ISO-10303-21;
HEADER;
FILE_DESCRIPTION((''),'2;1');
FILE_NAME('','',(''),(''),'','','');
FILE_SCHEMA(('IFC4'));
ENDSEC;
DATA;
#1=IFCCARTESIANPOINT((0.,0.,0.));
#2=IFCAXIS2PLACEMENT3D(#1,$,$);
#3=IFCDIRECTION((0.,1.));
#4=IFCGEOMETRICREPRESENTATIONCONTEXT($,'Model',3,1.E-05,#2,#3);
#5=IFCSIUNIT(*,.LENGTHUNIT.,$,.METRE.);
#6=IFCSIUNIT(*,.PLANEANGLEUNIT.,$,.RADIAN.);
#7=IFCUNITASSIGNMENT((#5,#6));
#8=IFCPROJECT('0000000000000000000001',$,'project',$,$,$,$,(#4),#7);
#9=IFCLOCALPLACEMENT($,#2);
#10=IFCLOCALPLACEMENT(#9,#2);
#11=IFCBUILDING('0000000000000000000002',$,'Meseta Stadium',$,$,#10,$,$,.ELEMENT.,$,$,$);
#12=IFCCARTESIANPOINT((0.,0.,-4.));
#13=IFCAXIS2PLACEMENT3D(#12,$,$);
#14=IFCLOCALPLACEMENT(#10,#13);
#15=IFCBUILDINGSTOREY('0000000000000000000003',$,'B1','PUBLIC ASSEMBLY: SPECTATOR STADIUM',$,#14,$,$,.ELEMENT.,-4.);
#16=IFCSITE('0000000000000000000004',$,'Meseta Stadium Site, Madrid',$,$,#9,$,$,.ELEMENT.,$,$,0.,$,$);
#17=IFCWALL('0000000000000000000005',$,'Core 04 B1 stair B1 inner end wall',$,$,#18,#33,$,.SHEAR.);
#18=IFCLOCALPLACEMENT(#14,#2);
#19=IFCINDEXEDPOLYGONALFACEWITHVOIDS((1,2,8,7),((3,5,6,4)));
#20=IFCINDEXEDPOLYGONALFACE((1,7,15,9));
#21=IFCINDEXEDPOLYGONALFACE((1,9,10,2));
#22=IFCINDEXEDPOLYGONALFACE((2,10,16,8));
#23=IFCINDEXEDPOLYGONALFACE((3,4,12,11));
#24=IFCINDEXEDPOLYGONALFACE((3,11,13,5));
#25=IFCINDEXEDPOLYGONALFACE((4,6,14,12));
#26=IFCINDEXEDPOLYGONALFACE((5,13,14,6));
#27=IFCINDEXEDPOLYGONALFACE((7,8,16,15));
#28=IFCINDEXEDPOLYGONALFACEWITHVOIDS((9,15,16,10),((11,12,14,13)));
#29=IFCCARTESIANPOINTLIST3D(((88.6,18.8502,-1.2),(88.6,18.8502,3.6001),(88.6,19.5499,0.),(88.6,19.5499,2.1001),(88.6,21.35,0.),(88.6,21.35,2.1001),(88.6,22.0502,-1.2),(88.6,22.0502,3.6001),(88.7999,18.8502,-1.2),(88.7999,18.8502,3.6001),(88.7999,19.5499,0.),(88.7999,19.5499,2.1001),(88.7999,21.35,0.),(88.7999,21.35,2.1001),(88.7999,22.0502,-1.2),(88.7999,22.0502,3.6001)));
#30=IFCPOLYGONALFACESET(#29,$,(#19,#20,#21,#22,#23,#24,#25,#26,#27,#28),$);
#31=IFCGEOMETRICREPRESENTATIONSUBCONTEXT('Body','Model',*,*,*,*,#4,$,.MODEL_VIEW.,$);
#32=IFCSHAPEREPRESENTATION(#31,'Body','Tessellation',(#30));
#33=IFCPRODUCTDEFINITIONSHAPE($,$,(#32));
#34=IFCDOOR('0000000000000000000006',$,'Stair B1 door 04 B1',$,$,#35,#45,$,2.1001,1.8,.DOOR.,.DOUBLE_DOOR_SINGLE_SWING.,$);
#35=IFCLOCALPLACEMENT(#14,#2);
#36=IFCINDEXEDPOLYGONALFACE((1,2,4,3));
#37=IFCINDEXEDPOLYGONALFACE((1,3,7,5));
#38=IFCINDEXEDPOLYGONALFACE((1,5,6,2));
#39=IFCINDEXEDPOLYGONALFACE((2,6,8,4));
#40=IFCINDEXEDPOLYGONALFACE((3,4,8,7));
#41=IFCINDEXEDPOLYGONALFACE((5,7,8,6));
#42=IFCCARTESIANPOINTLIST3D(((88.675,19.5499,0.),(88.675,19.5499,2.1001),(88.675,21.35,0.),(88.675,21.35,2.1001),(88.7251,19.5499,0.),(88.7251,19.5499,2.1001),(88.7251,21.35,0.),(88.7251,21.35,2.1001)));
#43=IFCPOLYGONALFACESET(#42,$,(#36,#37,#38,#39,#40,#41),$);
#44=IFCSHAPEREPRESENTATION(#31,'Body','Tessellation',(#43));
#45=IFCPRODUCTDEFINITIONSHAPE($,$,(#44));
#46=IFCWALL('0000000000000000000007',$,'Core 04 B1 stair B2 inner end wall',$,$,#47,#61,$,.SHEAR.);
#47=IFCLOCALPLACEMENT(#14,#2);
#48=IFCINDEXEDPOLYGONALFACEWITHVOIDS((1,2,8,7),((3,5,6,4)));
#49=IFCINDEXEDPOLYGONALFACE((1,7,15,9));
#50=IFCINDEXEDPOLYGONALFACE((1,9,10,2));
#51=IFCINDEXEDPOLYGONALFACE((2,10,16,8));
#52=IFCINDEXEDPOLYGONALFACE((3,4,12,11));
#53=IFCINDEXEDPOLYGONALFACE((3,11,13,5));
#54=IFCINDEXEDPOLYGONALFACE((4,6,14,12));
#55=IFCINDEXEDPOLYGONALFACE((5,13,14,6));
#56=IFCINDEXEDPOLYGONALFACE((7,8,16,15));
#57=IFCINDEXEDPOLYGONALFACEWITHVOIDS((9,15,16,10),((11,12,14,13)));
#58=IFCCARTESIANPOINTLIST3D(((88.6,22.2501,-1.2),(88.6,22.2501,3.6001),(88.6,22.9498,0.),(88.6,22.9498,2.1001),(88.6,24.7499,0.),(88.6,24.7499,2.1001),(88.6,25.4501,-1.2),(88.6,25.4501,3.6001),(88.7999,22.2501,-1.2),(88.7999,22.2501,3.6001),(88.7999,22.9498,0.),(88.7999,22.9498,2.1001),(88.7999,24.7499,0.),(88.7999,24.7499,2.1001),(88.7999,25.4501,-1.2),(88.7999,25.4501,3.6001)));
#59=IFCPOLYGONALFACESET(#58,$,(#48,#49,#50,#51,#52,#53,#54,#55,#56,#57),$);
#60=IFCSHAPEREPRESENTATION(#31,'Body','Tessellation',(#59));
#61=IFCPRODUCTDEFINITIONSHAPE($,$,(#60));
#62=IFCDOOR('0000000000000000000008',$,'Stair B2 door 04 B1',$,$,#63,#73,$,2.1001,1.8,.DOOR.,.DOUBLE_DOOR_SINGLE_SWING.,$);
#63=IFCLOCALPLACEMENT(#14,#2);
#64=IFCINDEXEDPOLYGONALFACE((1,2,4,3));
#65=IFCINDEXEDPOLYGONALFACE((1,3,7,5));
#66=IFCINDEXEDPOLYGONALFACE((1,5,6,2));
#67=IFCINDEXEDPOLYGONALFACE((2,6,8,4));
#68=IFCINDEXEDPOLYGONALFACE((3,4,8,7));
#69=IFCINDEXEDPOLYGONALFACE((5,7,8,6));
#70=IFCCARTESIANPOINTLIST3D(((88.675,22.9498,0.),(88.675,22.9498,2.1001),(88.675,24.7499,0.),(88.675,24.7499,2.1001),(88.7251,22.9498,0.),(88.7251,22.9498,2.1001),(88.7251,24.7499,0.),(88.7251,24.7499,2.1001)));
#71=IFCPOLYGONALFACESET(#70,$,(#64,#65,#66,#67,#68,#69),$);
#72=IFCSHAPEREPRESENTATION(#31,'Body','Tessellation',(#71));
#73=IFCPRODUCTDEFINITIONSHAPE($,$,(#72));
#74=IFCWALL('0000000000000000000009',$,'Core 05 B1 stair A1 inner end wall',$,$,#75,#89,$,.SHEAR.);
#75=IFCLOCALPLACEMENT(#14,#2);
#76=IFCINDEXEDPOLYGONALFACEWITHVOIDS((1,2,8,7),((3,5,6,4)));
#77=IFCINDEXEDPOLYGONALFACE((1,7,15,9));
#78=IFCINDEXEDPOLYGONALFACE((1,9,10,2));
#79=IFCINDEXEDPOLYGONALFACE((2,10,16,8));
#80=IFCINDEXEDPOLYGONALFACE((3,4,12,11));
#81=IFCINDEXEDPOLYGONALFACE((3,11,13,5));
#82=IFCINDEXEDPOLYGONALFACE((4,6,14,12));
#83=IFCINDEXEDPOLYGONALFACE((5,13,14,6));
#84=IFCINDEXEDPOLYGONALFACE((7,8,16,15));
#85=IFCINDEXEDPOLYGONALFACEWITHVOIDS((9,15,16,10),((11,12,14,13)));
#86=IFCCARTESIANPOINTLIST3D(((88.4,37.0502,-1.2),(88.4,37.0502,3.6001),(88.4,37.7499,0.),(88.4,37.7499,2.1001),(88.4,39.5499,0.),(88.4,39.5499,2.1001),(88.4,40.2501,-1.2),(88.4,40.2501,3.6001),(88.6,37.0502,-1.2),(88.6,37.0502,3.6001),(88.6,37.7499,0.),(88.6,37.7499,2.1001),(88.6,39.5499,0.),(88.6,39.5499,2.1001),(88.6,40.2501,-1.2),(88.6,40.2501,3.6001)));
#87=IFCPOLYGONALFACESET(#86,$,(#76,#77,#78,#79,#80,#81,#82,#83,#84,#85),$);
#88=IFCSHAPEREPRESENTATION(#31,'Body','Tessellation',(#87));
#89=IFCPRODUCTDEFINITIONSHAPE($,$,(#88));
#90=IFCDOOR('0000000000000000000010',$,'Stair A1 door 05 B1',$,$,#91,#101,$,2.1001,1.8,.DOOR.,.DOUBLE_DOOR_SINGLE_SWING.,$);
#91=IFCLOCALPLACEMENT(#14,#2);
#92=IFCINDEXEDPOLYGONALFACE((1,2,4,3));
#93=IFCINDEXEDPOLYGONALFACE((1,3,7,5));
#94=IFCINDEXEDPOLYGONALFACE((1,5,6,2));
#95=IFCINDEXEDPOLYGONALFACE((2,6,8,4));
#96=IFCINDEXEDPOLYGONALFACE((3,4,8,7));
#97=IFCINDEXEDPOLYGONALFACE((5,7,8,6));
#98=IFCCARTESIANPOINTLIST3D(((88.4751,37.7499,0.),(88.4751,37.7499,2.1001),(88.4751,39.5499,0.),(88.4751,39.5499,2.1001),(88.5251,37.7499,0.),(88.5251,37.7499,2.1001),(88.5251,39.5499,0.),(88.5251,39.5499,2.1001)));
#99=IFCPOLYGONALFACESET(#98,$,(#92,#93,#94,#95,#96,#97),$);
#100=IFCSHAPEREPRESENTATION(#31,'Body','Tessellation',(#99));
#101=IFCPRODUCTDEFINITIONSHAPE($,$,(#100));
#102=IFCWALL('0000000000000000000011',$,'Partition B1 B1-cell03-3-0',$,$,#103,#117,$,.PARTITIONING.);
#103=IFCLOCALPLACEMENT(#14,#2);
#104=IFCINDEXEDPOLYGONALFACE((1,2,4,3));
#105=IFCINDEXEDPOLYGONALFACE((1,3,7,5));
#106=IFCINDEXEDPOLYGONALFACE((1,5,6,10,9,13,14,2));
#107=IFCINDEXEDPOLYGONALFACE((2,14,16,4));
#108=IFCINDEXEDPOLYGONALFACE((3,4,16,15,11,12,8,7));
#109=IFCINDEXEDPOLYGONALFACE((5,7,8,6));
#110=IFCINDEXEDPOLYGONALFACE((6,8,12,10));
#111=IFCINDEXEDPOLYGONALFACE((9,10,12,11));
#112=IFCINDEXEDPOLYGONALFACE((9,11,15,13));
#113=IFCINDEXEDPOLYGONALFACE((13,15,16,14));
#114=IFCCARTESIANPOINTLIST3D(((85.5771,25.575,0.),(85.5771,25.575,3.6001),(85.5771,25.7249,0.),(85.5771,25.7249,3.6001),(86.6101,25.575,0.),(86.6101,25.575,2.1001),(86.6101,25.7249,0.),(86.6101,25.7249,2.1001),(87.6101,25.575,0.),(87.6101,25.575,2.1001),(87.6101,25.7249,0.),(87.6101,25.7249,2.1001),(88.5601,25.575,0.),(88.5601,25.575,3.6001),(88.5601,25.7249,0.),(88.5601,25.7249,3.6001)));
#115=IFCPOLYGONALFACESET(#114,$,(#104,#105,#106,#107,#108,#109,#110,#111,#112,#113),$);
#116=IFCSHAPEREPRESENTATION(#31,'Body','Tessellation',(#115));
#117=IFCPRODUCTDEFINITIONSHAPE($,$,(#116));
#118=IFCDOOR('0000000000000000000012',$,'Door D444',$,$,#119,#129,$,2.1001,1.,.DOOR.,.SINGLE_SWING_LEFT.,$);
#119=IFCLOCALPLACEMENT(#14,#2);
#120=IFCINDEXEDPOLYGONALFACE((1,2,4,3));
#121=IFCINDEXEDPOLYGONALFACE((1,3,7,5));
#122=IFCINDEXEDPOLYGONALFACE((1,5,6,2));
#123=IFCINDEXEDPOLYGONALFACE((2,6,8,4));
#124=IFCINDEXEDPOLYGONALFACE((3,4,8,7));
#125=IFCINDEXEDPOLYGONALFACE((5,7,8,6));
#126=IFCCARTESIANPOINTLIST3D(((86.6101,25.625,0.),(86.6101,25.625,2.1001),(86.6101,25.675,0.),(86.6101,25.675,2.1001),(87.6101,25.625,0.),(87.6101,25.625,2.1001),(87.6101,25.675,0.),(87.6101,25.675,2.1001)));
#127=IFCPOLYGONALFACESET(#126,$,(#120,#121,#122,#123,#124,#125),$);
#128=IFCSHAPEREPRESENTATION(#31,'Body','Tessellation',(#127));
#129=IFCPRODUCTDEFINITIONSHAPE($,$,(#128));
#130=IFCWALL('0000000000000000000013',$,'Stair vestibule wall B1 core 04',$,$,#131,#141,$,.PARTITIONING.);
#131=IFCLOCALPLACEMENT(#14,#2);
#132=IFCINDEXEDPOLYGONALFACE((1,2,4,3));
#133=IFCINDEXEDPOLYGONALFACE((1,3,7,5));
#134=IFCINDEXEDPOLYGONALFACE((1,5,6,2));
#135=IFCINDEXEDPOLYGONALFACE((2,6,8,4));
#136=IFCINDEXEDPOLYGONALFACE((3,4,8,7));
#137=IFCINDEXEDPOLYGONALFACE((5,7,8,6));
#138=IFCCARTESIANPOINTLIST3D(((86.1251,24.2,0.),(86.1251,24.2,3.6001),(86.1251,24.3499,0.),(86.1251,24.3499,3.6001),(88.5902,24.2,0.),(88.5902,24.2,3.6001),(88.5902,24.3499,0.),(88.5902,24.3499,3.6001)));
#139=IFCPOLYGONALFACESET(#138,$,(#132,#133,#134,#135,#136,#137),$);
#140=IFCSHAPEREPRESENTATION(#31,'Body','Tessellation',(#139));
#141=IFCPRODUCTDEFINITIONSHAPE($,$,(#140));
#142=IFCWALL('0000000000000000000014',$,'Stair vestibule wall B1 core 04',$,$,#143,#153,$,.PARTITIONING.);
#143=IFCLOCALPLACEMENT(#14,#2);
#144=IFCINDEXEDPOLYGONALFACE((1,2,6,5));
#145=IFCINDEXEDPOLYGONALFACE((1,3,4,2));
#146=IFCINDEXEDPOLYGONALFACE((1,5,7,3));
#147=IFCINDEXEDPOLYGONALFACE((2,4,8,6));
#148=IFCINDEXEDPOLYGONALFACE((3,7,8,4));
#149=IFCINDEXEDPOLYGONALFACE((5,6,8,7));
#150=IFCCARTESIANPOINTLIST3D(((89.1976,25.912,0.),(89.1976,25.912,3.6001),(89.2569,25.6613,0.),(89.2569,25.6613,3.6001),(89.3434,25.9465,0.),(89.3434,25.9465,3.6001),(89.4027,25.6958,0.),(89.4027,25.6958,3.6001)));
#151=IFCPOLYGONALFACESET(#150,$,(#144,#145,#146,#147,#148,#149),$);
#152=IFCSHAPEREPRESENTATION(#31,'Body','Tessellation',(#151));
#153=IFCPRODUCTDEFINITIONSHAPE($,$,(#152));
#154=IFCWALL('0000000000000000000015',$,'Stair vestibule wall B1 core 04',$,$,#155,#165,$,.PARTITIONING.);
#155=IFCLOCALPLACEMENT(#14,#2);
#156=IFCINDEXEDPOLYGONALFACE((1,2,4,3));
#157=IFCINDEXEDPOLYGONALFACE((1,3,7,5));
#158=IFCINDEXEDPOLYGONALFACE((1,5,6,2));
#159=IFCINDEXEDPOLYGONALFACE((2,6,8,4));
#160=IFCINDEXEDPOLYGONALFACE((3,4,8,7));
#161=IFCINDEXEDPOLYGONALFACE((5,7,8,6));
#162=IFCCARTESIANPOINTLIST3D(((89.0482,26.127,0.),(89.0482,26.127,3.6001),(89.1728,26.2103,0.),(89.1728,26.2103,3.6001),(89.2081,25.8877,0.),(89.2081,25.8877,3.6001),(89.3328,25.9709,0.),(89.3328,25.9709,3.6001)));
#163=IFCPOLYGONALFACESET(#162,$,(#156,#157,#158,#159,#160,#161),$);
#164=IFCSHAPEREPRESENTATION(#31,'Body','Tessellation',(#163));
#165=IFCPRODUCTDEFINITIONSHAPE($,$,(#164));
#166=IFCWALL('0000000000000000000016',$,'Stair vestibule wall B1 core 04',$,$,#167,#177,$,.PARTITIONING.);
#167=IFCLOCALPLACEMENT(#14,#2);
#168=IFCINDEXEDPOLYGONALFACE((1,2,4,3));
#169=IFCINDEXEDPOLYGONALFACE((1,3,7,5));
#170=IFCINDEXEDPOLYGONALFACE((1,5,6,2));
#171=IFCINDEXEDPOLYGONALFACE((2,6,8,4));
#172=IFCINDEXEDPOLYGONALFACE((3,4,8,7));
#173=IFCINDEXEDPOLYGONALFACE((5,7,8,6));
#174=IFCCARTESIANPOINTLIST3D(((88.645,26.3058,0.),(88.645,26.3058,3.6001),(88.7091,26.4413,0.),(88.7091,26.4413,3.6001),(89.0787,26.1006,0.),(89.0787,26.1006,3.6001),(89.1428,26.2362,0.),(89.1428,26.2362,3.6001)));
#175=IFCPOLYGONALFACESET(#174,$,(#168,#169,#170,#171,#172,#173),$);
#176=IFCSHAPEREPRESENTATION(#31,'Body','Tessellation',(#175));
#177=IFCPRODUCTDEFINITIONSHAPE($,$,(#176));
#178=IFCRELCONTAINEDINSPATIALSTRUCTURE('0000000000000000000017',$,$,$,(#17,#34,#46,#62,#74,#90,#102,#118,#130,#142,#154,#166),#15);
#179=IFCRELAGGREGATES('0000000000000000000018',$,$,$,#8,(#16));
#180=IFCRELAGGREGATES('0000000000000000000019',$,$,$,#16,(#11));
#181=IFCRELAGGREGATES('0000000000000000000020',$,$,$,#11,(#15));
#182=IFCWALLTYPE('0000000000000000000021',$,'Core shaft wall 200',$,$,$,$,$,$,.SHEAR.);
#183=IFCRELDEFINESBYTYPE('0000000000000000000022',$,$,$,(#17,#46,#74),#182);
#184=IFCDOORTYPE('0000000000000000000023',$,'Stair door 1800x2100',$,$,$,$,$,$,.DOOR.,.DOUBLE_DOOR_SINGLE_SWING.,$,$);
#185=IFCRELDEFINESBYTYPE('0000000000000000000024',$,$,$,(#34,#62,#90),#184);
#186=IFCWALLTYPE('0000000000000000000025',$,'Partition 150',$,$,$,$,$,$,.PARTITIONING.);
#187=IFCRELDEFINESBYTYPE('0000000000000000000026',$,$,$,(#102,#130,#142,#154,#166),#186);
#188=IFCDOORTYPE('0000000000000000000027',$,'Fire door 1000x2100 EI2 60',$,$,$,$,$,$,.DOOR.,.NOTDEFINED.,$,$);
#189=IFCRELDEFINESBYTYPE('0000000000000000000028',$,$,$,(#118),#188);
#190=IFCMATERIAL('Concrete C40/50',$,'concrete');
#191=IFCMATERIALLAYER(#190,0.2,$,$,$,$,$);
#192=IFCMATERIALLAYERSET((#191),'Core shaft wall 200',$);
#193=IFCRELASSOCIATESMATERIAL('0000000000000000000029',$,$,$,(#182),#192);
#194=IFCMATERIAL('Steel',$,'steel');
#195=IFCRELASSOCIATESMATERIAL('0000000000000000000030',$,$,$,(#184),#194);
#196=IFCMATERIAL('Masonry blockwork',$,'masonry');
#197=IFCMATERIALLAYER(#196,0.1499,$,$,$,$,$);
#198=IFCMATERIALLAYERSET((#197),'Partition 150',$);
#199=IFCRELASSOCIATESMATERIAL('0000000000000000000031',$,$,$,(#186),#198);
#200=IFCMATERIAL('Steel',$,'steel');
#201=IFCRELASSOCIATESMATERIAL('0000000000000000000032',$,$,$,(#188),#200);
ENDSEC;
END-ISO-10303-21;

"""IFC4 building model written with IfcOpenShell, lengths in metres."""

from ifc_helpers import new_model, si_unit, direction, frame, frame_2d, origin, place, context, subcontext, project, spatial, rectangle, extrude, material, layer, layer_set, type_object, element, fill, save


model = new_model("IFC4")

# Units and contexts
model_context = context("Model", 3, precision=1e-05, world=origin(), true_north=direction((0.0, 1.0)))
body_context = subcontext(model_context, "Body", "Model", "MODEL_VIEW")
ifc_project = project(units=[si_unit("LENGTHUNIT", "METRE"), si_unit("PLANEANGLEUNIT", "RADIAN")], contexts=[model_context])

# Site, building, storey
site_placement = place(None, origin())
site = spatial("IfcSite", under=ifc_project, at=site_placement, Name="Meseta Stadium Site, Madrid", CompositionType="ELEMENT", RefElevation=0.0)
building_placement = place(site_placement, origin())
building = spatial("IfcBuilding", under=site, at=building_placement, Name="Meseta Stadium", CompositionType="ELEMENT")
storey_placement = place(building_placement, frame((0.0, 0.0, -4.0)))
storey = spatial("IfcBuildingStorey", under=building, at=storey_placement, Name="B1", Description="PUBLIC ASSEMBLY: SPECTATOR STADIUM", CompositionType="ELEMENT", Elevation=-4.0)

# Walls, openings, doors
ifc_material_1 = material(Name="Concrete C40/50", Category="concrete")
ifc_layer_1 = layer(ifc_material_1, 0.2)
ifc_layer_set_1 = layer_set([ifc_layer_1], Name="Core shaft wall 200")
wall_type_1 = type_object("IfcWallType", Name="Core shaft wall 200", PredefinedType="SHEAR", material=ifc_layer_set_1)
wall_1_placement = place(storey_placement, frame((88.7, 18.8501, -1.2), z_axis=(0.0, 0.0, 1.0), x_axis=(0.0, 1.0, 0.0)))
wall_1 = element("IfcWall", 1, at=wall_1_placement, inside=storey, type_object=wall_type_1, Name="Core 04 B1 stair B1 inner end wall", PredefinedType="SHEAR", context=body_context, shape_type="SweptSolid", body=[
    extrude(rectangle(XDim=3.2, YDim=0.2, at=frame_2d((1.6001, 0.0))), origin(), (0.0, 0.0, 1.0), 4.8),
])
opening_1_placement = place(wall_1_placement, frame((0.7, 0.0, 1.2)))
opening_1 = element("IfcOpeningElement", 2, at=opening_1_placement, cuts=wall_1, PredefinedType="OPENING", context=body_context, shape_type="SweptSolid", body=[
    extrude(rectangle(XDim=1.8, YDim=2.1001, at=frame_2d((0.8999, 1.05))), frame((0.0, 0.1099, 0.0), z_axis=(0.0, -1.0, 0.0), x_axis=(1.0, 0.0, 0.0)), (0.0, 0.0, 1.0), 0.22),
])
ifc_material_2 = material(Name="Steel", Category="steel")
door_type_1 = type_object("IfcDoorType", Name="Stair door 1800x2100", OperationType="DOUBLE_DOOR_SINGLE_SWING", PredefinedType="DOOR", material=ifc_material_2)
door_1_placement = place(opening_1_placement, origin())
door_1 = element("IfcDoor", 3, at=door_1_placement, inside=storey, type_object=door_type_1, Name="Stair B1 door 04 B1", OperationType="DOUBLE_DOOR_SINGLE_SWING", OverallHeight=2.1001, OverallWidth=1.8, PredefinedType="DOOR", context=body_context, shape_type="SweptSolid", body=[
    extrude(rectangle(XDim=1.8, YDim=2.1001, at=frame_2d((0.8999, 1.05))), frame((0.0, 0.0249, 0.0), z_axis=(0.0, -1.0, 0.0), x_axis=(1.0, 0.0, 0.0)), (0.0, 0.0, 1.0), 0.05),
])
fill(opening_1, door_1)
wall_2_placement = place(storey_placement, frame((88.7, 22.25, -1.2), z_axis=(0.0, 0.0, 1.0), x_axis=(0.0, 1.0, 0.0)))
wall_2 = element("IfcWall", 4, at=wall_2_placement, inside=storey, type_object=wall_type_1, Name="Core 04 B1 stair B2 inner end wall", PredefinedType="SHEAR", context=body_context, shape_type="SweptSolid", body=[
    extrude(rectangle(XDim=3.2, YDim=0.2, at=frame_2d((1.6001, 0.0))), origin(), (0.0, 0.0, 1.0), 4.8),
])
opening_2_placement = place(wall_2_placement, frame((0.7, 0.0, 1.2)))
opening_2 = element("IfcOpeningElement", 5, at=opening_2_placement, cuts=wall_2, PredefinedType="OPENING", context=body_context, shape_type="SweptSolid", body=[
    extrude(rectangle(XDim=1.8, YDim=2.1001, at=frame_2d((0.8999, 1.05))), frame((0.0, 0.1099, 0.0), z_axis=(0.0, -1.0, 0.0), x_axis=(1.0, 0.0, 0.0)), (0.0, 0.0, 1.0), 0.22),
])
door_2_placement = place(opening_2_placement, origin())
door_2 = element("IfcDoor", 6, at=door_2_placement, inside=storey, type_object=door_type_1, Name="Stair B2 door 04 B1", OperationType="DOUBLE_DOOR_SINGLE_SWING", OverallHeight=2.1001, OverallWidth=1.8, PredefinedType="DOOR", context=body_context, shape_type="SweptSolid", body=[
    extrude(rectangle(XDim=1.8, YDim=2.1001, at=frame_2d((0.8999, 1.05))), frame((0.0, 0.0249, 0.0), z_axis=(0.0, -1.0, 0.0), x_axis=(1.0, 0.0, 0.0)), (0.0, 0.0, 1.0), 0.05),
])
fill(opening_2, door_2)
wall_3_placement = place(storey_placement, frame((88.5, 37.05, -1.2), z_axis=(0.0, 0.0, 1.0), x_axis=(0.0, 1.0, 0.0)))
wall_3 = element("IfcWall", 7, at=wall_3_placement, inside=storey, type_object=wall_type_1, Name="Core 05 B1 stair A1 inner end wall", PredefinedType="SHEAR", context=body_context, shape_type="SweptSolid", body=[
    extrude(rectangle(XDim=3.2, YDim=0.2, at=frame_2d((1.6001, 0.0))), origin(), (0.0, 0.0, 1.0), 4.8),
])
opening_3_placement = place(wall_3_placement, frame((0.7, 0.0, 1.2)))
opening_3 = element("IfcOpeningElement", 8, at=opening_3_placement, cuts=wall_3, PredefinedType="OPENING", context=body_context, shape_type="SweptSolid", body=[
    extrude(rectangle(XDim=1.8, YDim=2.1001, at=frame_2d((0.8999, 1.05))), frame((0.0, 0.1099, 0.0), z_axis=(0.0, -1.0, 0.0), x_axis=(1.0, 0.0, 0.0)), (0.0, 0.0, 1.0), 0.22),
])
door_3_placement = place(opening_3_placement, origin())
door_3 = element("IfcDoor", 9, at=door_3_placement, inside=storey, type_object=door_type_1, Name="Stair A1 door 05 B1", OperationType="DOUBLE_DOOR_SINGLE_SWING", OverallHeight=2.1001, OverallWidth=1.8, PredefinedType="DOOR", context=body_context, shape_type="SweptSolid", body=[
    extrude(rectangle(XDim=1.8, YDim=2.1001, at=frame_2d((0.8999, 1.05))), frame((0.0, 0.0249, 0.0), z_axis=(0.0, -1.0, 0.0), x_axis=(1.0, 0.0, 0.0)), (0.0, 0.0, 1.0), 0.05),
])
fill(opening_3, door_3)
ifc_material_3 = material(Name="Masonry blockwork", Category="masonry")
ifc_layer_2 = layer(ifc_material_3, 0.1499)
ifc_layer_set_2 = layer_set([ifc_layer_2], Name="Partition 150")
wall_type_2 = type_object("IfcWallType", Name="Partition 150", PredefinedType="PARTITIONING", material=ifc_layer_set_2)
wall_4_placement = place(storey_placement, frame((88.5601, 25.6499, 0.0), z_axis=(0.0, 0.0, 1.0), x_axis=(-1.0, 0.0, 0.0)))
wall_4 = element("IfcWall", 10, at=wall_4_placement, inside=storey, type_object=wall_type_2, Name="Partition B1 B1-cell03-3-0", PredefinedType="PARTITIONING", context=body_context, shape_type="SweptSolid", body=[
    extrude(rectangle(XDim=2.9829, YDim=0.1499, at=frame_2d((1.4915, 0.0))), origin(), (0.0, 0.0, 1.0), 3.6001),
])
opening_4_placement = place(wall_4_placement, frame((0.95, 0.0, 0.0)))
opening_4 = element("IfcOpeningElement", 11, at=opening_4_placement, cuts=wall_4, PredefinedType="OPENING", context=body_context, shape_type="SweptSolid", body=[
    extrude(rectangle(XDim=1.0, YDim=2.1001, at=frame_2d((0.5, 1.05))), frame((0.0, 0.085, 0.0), z_axis=(0.0, -1.0, 0.0), x_axis=(1.0, 0.0, 0.0)), (0.0, 0.0, 1.0), 0.1699),
])
ifc_material_4 = material(Name="Steel", Category="steel")
door_type_2 = type_object("IfcDoorType", Name="Fire door 1000x2100 EI2 60", OperationType="NOTDEFINED", PredefinedType="DOOR", material=ifc_material_4)
door_4_placement = place(opening_4_placement, origin())
door_4 = element("IfcDoor", 12, at=door_4_placement, inside=storey, type_object=door_type_2, Name="Door D444", OperationType="SINGLE_SWING_LEFT", OverallHeight=2.1001, OverallWidth=1.0, PredefinedType="DOOR", context=body_context, shape_type="SweptSolid", body=[
    extrude(rectangle(XDim=1.0, YDim=2.1001, at=frame_2d((0.5, 1.05))), frame((0.0, 0.0249, 0.0), z_axis=(0.0, -1.0, 0.0), x_axis=(1.0, 0.0, 0.0)), (0.0, 0.0, 1.0), 0.05),
])
fill(opening_4, door_4)

# Walls
wall_5_placement = place(storey_placement, frame((88.5901, 24.2749, 0.0), z_axis=(0.0, 0.0, 1.0), x_axis=(-1.0, 0.0, 0.0)))
element("IfcWall", 13, at=wall_5_placement, inside=storey, type_object=wall_type_2, Name="Stair vestibule wall B1 core 04", PredefinedType="PARTITIONING", context=body_context, shape_type="SweptSolid", body=[
    extrude(rectangle(XDim=2.4651, YDim=0.1499, at=frame_2d((1.2324, 0.0))), origin(), (0.0, 0.0, 1.0), 3.6001),
])
wall_6_placement = place(storey_placement, frame((89.3298, 25.6785, 0.0), z_axis=(0.0, 0.0, 1.0), x_axis=(-0.230254, 0.973131, 0.0)))
element("IfcWall", 14, at=wall_6_placement, inside=storey, type_object=wall_type_2, Name="Stair vestibule wall B1 core 04", PredefinedType="PARTITIONING", context=body_context, shape_type="SweptSolid", body=[
    extrude(rectangle(XDim=0.2576, YDim=0.1499, at=frame_2d((0.1289, 0.0))), origin(), (0.0, 0.0, 1.0), 3.6001),
])
wall_7_placement = place(storey_placement, frame((89.2705, 25.9292, 0.0), z_axis=(0.0, 0.0, 1.0), x_axis=(-0.555679, 0.831397, 0.0)))
element("IfcWall", 15, at=wall_7_placement, inside=storey, type_object=wall_type_2, Name="Stair vestibule wall B1 core 04", PredefinedType="PARTITIONING", context=body_context, shape_type="SweptSolid", body=[
    extrude(rectangle(XDim=0.2878, YDim=0.1499, at=frame_2d((0.144, 0.0))), origin(), (0.0, 0.0, 1.0), 3.6001),
])
wall_8_placement = place(storey_placement, frame((89.1106, 26.1685, 0.0), z_axis=(0.0, 0.0, 1.0), x_axis=(-0.903986, 0.427561, 0.0)))
element("IfcWall", 16, at=wall_8_placement, inside=storey, type_object=wall_type_2, Name="Stair vestibule wall B1 core 04", PredefinedType="PARTITIONING", context=body_context, shape_type="SweptSolid", body=[
    extrude(rectangle(XDim=0.4797, YDim=0.1499, at=frame_2d((0.2397, 0.0))), origin(), (0.0, 0.0, 1.0), 3.6001),
])

save(model, "model.ifc")
